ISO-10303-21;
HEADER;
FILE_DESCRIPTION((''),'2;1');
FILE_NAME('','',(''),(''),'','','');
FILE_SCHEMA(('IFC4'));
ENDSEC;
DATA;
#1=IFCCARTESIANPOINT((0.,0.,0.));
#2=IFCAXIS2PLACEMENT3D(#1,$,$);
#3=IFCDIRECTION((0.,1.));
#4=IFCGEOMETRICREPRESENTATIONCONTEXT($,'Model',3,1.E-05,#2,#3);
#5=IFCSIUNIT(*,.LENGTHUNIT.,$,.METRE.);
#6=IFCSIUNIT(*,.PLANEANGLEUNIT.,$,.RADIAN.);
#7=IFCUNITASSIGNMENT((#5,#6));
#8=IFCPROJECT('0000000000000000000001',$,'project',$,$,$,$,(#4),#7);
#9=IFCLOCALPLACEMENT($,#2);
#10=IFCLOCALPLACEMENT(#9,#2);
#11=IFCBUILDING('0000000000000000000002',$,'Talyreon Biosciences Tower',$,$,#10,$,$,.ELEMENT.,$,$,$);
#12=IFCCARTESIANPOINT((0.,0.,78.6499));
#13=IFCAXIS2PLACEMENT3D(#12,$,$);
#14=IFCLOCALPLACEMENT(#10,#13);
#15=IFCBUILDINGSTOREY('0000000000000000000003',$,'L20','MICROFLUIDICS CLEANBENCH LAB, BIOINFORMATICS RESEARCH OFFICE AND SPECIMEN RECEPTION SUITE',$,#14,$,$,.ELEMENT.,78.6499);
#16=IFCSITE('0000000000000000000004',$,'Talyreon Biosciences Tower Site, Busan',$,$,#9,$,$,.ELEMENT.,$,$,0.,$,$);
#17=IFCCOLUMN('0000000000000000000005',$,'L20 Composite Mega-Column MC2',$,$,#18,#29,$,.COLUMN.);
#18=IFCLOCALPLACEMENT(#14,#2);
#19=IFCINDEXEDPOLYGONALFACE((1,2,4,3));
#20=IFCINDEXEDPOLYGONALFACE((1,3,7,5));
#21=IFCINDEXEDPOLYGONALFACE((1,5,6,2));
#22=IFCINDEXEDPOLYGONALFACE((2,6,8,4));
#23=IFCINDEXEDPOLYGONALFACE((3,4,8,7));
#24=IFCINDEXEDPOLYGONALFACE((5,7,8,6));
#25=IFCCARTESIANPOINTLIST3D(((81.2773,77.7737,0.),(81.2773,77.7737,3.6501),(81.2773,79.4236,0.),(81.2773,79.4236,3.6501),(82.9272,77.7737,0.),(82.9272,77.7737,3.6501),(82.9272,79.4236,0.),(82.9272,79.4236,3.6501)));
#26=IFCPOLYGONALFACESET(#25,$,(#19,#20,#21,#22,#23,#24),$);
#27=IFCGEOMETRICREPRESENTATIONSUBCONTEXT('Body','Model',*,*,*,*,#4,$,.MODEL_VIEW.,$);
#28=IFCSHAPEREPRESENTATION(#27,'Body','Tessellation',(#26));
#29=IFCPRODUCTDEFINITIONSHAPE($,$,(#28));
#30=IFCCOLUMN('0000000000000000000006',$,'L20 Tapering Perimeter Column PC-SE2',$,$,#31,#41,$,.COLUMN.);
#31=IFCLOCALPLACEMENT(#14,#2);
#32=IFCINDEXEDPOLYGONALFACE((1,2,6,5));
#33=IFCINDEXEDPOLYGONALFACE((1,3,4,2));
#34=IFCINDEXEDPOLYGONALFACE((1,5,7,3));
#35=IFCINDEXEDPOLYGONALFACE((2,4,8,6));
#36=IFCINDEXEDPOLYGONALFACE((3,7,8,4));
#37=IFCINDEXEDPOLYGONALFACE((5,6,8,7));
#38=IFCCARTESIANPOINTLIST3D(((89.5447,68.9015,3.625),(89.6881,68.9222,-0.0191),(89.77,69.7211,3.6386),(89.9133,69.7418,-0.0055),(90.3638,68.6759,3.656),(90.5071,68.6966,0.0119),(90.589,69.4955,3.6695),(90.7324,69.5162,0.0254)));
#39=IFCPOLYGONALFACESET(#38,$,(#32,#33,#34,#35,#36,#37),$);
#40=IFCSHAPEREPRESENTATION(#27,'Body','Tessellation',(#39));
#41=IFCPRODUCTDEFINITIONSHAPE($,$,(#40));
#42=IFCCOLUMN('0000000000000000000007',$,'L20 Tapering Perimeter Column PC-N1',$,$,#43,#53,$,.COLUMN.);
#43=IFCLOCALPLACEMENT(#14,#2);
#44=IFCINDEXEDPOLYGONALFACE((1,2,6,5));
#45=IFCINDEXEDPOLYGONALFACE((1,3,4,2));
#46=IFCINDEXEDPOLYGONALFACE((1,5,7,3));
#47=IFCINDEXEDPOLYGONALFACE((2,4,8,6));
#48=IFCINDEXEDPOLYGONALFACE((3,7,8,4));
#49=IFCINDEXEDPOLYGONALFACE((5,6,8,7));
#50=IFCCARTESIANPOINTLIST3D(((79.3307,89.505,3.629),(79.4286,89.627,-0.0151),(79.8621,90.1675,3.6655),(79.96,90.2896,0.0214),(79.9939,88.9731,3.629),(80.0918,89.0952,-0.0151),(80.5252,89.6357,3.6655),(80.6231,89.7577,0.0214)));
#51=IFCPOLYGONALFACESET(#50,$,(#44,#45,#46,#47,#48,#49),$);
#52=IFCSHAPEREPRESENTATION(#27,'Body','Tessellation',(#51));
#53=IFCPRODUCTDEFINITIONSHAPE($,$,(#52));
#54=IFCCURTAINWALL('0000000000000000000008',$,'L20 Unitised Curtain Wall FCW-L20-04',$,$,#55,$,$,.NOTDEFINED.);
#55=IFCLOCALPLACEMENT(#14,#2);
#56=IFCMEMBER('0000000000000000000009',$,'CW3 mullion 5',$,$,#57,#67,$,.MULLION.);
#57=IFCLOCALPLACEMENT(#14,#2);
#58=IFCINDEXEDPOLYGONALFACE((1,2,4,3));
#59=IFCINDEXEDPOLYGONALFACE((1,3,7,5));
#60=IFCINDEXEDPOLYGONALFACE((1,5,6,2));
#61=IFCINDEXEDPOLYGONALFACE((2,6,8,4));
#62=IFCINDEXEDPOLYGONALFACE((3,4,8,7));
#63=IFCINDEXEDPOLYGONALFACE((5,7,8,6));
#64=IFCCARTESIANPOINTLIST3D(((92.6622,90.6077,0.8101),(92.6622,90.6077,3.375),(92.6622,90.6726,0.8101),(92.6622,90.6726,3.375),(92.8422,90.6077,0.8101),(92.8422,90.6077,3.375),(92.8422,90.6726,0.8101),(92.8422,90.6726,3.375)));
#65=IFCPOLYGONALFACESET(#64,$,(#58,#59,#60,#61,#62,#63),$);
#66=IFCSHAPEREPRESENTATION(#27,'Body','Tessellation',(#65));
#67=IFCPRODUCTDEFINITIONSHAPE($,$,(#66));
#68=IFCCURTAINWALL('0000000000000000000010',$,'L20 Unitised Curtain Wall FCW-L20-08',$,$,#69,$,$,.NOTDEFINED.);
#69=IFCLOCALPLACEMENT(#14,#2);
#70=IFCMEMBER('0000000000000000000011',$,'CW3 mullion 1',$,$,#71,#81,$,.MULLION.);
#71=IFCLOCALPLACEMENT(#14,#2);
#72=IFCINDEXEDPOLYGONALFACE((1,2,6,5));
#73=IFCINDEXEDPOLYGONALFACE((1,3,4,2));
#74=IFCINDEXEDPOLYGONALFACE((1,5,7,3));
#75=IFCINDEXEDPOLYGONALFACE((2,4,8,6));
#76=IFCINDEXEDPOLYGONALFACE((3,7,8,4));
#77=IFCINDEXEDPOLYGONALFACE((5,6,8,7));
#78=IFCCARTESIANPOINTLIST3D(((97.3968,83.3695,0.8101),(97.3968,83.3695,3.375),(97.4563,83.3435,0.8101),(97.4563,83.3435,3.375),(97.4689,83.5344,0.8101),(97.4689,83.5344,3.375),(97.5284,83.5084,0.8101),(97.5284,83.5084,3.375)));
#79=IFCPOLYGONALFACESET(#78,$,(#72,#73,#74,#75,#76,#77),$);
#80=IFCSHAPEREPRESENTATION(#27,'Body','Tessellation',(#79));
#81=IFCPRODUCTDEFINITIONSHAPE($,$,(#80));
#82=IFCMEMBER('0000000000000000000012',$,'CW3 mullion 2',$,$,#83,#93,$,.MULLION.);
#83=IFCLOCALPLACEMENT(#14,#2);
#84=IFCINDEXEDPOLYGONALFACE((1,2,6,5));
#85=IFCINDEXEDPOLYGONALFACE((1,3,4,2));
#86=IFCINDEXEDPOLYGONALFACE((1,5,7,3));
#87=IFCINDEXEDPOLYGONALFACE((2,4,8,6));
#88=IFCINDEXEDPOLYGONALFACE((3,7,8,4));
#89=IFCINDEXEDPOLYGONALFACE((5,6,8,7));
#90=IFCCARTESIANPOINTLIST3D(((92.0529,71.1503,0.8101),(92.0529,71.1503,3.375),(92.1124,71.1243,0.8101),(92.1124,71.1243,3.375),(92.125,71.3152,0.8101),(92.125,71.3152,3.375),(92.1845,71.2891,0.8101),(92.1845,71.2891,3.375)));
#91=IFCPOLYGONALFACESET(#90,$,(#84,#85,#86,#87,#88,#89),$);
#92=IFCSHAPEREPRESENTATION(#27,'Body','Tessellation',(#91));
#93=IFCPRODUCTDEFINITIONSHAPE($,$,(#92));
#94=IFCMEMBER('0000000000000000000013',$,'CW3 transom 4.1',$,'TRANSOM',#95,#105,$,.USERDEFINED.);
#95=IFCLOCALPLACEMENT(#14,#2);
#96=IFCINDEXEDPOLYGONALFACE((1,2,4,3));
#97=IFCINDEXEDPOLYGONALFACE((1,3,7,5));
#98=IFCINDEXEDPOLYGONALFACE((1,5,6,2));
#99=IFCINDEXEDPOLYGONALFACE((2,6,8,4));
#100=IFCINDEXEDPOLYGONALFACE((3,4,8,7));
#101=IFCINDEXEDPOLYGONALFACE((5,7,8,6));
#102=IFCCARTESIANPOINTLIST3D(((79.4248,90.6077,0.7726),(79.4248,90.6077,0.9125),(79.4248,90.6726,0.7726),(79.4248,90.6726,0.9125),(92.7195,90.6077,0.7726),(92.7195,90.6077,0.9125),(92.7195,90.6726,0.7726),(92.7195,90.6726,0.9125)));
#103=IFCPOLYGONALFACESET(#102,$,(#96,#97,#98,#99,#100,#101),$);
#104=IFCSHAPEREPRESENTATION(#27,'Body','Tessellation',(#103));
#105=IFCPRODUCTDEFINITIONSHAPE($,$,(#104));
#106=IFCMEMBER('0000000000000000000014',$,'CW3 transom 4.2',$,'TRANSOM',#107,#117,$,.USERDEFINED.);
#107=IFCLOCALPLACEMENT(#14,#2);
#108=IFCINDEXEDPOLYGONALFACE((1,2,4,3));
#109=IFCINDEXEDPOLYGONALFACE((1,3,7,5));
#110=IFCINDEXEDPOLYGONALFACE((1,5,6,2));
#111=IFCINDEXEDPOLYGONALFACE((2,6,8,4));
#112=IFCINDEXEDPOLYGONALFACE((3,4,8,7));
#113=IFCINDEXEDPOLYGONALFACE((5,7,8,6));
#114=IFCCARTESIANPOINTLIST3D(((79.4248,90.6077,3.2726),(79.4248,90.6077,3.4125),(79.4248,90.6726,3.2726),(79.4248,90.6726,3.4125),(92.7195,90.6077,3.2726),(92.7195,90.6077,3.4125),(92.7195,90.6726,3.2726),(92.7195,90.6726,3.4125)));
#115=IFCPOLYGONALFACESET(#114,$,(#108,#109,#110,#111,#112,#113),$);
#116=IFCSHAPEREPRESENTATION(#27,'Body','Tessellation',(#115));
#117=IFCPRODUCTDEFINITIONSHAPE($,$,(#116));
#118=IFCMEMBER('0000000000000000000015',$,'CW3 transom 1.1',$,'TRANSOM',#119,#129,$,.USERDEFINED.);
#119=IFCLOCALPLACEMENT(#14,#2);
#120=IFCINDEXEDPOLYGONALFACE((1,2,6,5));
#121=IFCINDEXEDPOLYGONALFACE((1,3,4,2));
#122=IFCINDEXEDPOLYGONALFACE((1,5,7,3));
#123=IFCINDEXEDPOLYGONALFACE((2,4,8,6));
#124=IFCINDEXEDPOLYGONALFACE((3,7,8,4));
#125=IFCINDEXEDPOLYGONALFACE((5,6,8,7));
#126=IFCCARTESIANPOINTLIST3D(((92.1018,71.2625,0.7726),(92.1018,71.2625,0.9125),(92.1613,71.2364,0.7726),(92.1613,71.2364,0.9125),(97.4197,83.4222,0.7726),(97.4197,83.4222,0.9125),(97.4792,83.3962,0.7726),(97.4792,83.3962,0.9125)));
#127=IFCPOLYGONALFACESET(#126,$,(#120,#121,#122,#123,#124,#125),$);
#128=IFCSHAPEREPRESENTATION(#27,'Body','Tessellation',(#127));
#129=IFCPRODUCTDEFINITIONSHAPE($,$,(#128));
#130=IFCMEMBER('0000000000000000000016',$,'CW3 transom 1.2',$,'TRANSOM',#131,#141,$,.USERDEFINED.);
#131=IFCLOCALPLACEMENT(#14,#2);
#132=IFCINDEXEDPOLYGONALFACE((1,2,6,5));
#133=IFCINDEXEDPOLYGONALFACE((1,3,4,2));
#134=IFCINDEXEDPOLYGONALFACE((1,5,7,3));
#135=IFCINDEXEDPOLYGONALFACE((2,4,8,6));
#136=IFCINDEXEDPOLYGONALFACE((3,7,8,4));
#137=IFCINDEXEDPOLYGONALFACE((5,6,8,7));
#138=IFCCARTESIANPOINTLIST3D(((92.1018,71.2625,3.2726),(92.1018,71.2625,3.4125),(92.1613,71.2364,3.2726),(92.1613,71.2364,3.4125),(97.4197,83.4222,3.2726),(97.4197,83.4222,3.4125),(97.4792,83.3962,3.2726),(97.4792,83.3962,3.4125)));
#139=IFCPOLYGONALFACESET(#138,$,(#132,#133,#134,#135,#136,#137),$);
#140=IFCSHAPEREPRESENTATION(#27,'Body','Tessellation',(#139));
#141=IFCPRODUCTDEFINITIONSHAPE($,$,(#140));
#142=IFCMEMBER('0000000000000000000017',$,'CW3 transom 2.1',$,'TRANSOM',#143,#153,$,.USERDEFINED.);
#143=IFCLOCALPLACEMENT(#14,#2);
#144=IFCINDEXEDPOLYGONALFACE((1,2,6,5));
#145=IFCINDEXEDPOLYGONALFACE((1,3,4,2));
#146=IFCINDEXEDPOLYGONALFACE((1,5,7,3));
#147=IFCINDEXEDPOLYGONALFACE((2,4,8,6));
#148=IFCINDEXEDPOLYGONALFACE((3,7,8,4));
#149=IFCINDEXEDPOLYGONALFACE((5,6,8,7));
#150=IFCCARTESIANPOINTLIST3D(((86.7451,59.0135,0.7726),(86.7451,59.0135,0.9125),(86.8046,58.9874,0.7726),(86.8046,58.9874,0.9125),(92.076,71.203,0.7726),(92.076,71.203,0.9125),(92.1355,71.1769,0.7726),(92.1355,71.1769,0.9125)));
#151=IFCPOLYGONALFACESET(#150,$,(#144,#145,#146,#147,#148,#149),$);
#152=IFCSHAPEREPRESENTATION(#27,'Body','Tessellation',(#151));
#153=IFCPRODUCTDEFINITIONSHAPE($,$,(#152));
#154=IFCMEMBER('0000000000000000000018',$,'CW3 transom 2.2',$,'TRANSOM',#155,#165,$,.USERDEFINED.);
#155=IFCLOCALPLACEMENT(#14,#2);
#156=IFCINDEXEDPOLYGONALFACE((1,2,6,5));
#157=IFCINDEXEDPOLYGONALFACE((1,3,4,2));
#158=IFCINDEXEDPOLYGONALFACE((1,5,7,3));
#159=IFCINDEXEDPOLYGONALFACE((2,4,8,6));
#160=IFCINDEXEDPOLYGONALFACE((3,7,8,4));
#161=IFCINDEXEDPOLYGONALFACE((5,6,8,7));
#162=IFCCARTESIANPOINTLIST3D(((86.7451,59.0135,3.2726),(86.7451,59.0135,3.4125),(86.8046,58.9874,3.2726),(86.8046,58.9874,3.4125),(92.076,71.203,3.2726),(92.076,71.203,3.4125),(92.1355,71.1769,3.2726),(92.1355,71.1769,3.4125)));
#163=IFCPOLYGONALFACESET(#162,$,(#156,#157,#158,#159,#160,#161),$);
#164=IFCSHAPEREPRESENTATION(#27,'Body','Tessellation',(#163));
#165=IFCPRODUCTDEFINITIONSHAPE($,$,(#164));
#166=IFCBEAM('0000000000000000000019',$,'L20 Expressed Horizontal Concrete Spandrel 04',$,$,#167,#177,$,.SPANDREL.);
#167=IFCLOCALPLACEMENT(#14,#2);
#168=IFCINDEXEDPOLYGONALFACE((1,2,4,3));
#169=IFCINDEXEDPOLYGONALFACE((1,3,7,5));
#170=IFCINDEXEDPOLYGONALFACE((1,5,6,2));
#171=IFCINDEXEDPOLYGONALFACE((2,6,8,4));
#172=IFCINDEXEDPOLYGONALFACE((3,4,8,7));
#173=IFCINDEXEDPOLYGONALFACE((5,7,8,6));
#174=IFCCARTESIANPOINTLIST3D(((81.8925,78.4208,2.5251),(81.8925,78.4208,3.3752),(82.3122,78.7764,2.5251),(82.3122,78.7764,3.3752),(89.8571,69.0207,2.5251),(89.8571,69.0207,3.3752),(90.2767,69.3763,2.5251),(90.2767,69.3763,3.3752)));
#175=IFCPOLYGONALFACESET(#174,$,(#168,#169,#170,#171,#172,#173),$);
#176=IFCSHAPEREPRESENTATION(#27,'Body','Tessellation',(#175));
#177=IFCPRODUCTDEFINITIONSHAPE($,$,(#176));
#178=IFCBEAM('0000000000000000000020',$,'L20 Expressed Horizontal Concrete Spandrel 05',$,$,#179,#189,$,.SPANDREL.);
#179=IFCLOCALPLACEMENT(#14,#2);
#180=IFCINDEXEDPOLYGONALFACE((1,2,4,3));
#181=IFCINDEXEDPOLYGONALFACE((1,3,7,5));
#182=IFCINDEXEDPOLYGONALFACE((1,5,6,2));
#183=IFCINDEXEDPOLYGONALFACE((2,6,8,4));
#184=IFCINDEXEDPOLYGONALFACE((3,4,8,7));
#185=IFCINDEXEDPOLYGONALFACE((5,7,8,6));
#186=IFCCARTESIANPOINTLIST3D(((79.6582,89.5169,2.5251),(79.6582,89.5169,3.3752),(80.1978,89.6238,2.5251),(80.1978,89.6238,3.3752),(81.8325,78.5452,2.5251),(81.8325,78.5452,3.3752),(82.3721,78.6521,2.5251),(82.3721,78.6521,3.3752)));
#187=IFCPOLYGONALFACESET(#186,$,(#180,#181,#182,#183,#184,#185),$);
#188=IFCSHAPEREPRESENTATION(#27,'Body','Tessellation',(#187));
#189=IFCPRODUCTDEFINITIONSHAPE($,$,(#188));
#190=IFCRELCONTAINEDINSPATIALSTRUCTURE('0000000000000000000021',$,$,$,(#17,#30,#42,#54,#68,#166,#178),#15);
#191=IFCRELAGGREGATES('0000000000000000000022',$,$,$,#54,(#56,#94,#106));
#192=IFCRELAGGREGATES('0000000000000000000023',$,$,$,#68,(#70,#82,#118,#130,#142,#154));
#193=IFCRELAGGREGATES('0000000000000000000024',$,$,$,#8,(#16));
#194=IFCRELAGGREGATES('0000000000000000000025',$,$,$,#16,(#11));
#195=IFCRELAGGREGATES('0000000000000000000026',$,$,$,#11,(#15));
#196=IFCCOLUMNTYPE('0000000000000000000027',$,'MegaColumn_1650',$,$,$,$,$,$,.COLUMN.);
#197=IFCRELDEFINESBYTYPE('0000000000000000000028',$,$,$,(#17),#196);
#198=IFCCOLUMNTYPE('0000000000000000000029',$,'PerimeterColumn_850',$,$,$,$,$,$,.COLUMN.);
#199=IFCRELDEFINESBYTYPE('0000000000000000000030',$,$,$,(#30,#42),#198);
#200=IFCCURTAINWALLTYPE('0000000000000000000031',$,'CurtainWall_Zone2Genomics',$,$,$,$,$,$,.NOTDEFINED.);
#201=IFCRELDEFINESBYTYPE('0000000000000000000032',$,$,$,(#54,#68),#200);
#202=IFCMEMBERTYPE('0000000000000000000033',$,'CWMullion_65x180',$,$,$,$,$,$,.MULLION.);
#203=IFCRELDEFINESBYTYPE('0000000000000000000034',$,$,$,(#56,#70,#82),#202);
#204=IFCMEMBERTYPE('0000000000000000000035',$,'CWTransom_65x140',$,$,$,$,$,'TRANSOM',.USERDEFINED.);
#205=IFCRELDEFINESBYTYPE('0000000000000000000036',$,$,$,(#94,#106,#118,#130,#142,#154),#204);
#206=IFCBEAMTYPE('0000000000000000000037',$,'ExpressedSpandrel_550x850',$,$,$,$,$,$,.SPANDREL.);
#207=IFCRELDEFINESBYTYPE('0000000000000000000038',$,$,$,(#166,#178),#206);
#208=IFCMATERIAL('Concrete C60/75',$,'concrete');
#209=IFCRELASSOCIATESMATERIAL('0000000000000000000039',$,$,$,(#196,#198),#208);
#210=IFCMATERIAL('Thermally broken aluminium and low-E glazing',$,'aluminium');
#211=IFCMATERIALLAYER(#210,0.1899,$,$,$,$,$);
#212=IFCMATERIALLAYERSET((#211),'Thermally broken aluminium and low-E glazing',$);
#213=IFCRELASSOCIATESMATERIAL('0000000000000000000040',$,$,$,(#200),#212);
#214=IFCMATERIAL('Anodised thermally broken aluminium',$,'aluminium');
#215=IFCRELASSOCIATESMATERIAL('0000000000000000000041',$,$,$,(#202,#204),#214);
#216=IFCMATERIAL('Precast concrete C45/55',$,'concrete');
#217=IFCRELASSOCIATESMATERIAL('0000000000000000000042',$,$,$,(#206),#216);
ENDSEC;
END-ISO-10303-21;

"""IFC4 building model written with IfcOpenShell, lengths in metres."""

from ifc_helpers import new_model, si_unit, direction, frame, origin, origin_2d, place, context, subcontext, project, spatial, rectangle, extrude, material, layer, layer_set, material_profile, profile_set, type_object, element, aggregate, save


model = new_model("IFC4")

# Units and contexts
model_context = context("Model", 3, precision=1e-05, world=origin(), true_north=direction((0.0, 1.0)))
body_context = subcontext(model_context, "Body", "Model", "MODEL_VIEW")
ifc_project = project(units=[si_unit("LENGTHUNIT", "METRE"), si_unit("PLANEANGLEUNIT", "RADIAN")], contexts=[model_context])

# Site, building, storey
site_placement = place(None, origin())
site = spatial("IfcSite", under=ifc_project, at=site_placement, Name="Talyreon Biosciences Tower Site, Busan", CompositionType="ELEMENT", RefElevation=0.0)
building_placement = place(site_placement, origin())
building = spatial("IfcBuilding", under=site, at=building_placement, Name="Talyreon Biosciences Tower", CompositionType="ELEMENT")
storey_placement = place(building_placement, frame((0.0, 0.0, 78.6499)))
storey = spatial("IfcBuildingStorey", under=building, at=storey_placement, Name="L20", Description="MICROFLUIDICS CLEANBENCH LAB, BIOINFORMATICS RESEARCH OFFICE AND SPECIMEN RECEPTION SUITE", CompositionType="ELEMENT", Elevation=78.6499)

# Columns
ifc_material_1 = material(Name="Concrete C60/75", Category="concrete")
ifc_material_profile_1 = material_profile(ifc_material_1, rectangle(XDim=1.6499, YDim=1.6499, at=origin_2d()), Name="RC 1650x1650")
ifc_profile_set_1 = profile_set([ifc_material_profile_1], Name="Concrete C60/75")
column_type_1 = type_object("IfcColumnType", Name="MegaColumn_1650", PredefinedType="COLUMN", material=ifc_profile_set_1)
column_1_placement = place(storey_placement, frame((82.1023, 78.5986, 0.0), z_axis=(0.0, 0.0, 1.0), x_axis=(1.0, 0.0, 0.0)))
element("IfcColumn", 1, at=column_1_placement, inside=storey, type_object=column_type_1, Name="L20 Composite Mega-Column MC2", PredefinedType="COLUMN", context=body_context, shape_type="SweptSolid", body=[
    extrude(rectangle(XDim=1.6499, YDim=1.6499, at=origin_2d()), origin(), (0.0, 0.0, 1.0), 3.6501),
])
ifc_material_profile_2 = material_profile(ifc_material_1, rectangle(XDim=0.8501, YDim=0.8501, at=origin_2d()), Name="RC 850x850")
ifc_profile_set_2 = profile_set([ifc_material_profile_2], Name="Concrete C60/75")
column_type_2 = type_object("IfcColumnType", Name="PerimeterColumn_850", PredefinedType="COLUMN", material=ifc_profile_set_2)
column_2_placement = place(storey_placement, frame((90.2102, 69.2192, 0.0032), z_axis=(-0.039296, -0.00569, 0.999211), x_axis=(0.963452, -0.265401, 0.036379)))
element("IfcColumn", 2, at=column_2_placement, inside=storey, type_object=column_type_2, Name="L20 Tapering Perimeter Column PC-SE2", PredefinedType="COLUMN", context=body_context, shape_type="SweptSolid", body=[
    extrude(rectangle(XDim=0.8501, YDim=0.8501, at=origin_2d()), origin(), (0.0, 0.0, 1.0), 3.647),
])
column_3_placement = place(storey_placement, frame((80.0259, 89.6924, 0.0032), z_axis=(-0.026841, -0.033468, 0.999079), x_axis=(-0.780107, 0.625646, 0.0)))
element("IfcColumn", 3, at=column_3_placement, inside=storey, type_object=column_type_2, Name="L20 Tapering Perimeter Column PC-N1", PredefinedType="COLUMN", context=body_context, shape_type="SweptSolid", body=[
    extrude(rectangle(XDim=0.8501, YDim=0.8501, at=origin_2d()), origin(), (0.0, 0.0, 1.0), 3.6475),
])

# Curtain wall, member
ifc_material_2 = material(Name="Thermally broken aluminium and low-E glazing", Category="aluminium")
ifc_layer_1 = layer(ifc_material_2, 0.1899)
ifc_layer_set_1 = layer_set([ifc_layer_1], Name="Thermally broken aluminium and low-E glazing")
curtain_wall_type = type_object("IfcCurtainWallType", Name="CurtainWall_Zone2Genomics", PredefinedType="NOTDEFINED", material=ifc_layer_set_1)
curtain_wall_1_placement = place(storey_placement, origin())
curtain_wall_1 = element("IfcCurtainWall", 4, at=curtain_wall_1_placement, inside=storey, type_object=curtain_wall_type, Name="L20 Unitised Curtain Wall FCW-L20-04", PredefinedType="NOTDEFINED")
ifc_material_3 = material(Name="Anodised thermally broken aluminium", Category="aluminium")
ifc_material_profile_3 = material_profile(ifc_material_3, rectangle(XDim=0.0649, YDim=0.1799, at=origin_2d()), Name="ALUM MULLION 65x180")
ifc_profile_set_3 = profile_set([ifc_material_profile_3], Name="Anodised thermally broken aluminium")
member_type_1 = type_object("IfcMemberType", Name="CWMullion_65x180", PredefinedType="MULLION", material=ifc_profile_set_3)
member_1_placement = place(storey_placement, frame((92.7522, 90.6401, 0.8101), z_axis=(0.0, 0.0, 1.0), x_axis=(0.0, 1.0, 0.0)))
member_1 = element("IfcMember", 5, at=member_1_placement, type_object=member_type_1, Name="CW3 mullion 5", PredefinedType="MULLION", context=body_context, shape_type="SweptSolid", body=[
    extrude(rectangle(XDim=0.0649, YDim=0.1799, at=origin_2d()), origin(), (0.0, 0.0, 1.0), 2.5649),
])

# Curtain wall, members
curtain_wall_2_placement = place(storey_placement, origin())
curtain_wall_2 = element("IfcCurtainWall", 6, at=curtain_wall_2_placement, inside=storey, type_object=curtain_wall_type, Name="L20 Unitised Curtain Wall FCW-L20-08", PredefinedType="NOTDEFINED")
member_2_placement = place(storey_placement, frame((97.4626, 83.439, 0.8101), z_axis=(0.0, 0.0, 1.0), x_axis=(0.916214, -0.400689, 0.0)))
member_2 = element("IfcMember", 7, at=member_2_placement, type_object=member_type_1, Name="CW3 mullion 1", PredefinedType="MULLION", context=body_context, shape_type="SweptSolid", body=[
    extrude(rectangle(XDim=0.0649, YDim=0.1799, at=origin_2d()), origin(), (0.0, 0.0, 1.0), 2.5649),
])
member_3_placement = place(storey_placement, frame((92.1187, 71.2197, 0.8101), z_axis=(0.0, 0.0, 1.0), x_axis=(0.916214, -0.400689, 0.0)))
member_3 = element("IfcMember", 8, at=member_3_placement, type_object=member_type_1, Name="CW3 mullion 2", PredefinedType="MULLION", context=body_context, shape_type="SweptSolid", body=[
    extrude(rectangle(XDim=0.0649, YDim=0.1799, at=origin_2d()), origin(), (0.0, 0.0, 1.0), 2.5649),
])

# Members
ifc_material_profile_4 = material_profile(ifc_material_3, rectangle(XDim=0.0649, YDim=0.1399, at=origin_2d()), Name="ALUM TRANSOM 65x140")
ifc_profile_set_4 = profile_set([ifc_material_profile_4], Name="Anodised thermally broken aluminium")
member_type_2 = type_object("IfcMemberType", Name="CWTransom_65x140", ElementType="TRANSOM", PredefinedType="USERDEFINED", material=ifc_profile_set_4)
member_4_placement = place(storey_placement, frame((79.4248, 90.6401, 0.8425), z_axis=(1.0, 0.0, 0.0), x_axis=(0.0, 1.0, 0.0)))
member_4 = element("IfcMember", 9, at=member_4_placement, type_object=member_type_2, Name="CW3 transom 4.1", ObjectType="TRANSOM", PredefinedType="USERDEFINED", context=body_context, shape_type="SweptSolid", body=[
    extrude(rectangle(XDim=0.0649, YDim=0.1399, at=origin_2d()), origin(), (0.0, 0.0, 1.0), 13.2947),
])
member_5_placement = place(storey_placement, frame((79.4248, 90.6401, 3.3425), z_axis=(1.0, 0.0, 0.0), x_axis=(0.0, 1.0, 0.0)))
member_5 = element("IfcMember", 10, at=member_5_placement, type_object=member_type_2, Name="CW3 transom 4.2", ObjectType="TRANSOM", PredefinedType="USERDEFINED", context=body_context, shape_type="SweptSolid", body=[
    extrude(rectangle(XDim=0.0649, YDim=0.1399, at=origin_2d()), origin(), (0.0, 0.0, 1.0), 13.2947),
])
member_6_placement = place(storey_placement, frame((97.4495, 83.4092, 0.8425), z_axis=(-0.400693, -0.916212, 0.0), x_axis=(0.916212, -0.400693, 0.0)))
member_6 = element("IfcMember", 11, at=member_6_placement, type_object=member_type_2, Name="CW3 transom 1.1", ObjectType="TRANSOM", PredefinedType="USERDEFINED", context=body_context, shape_type="SweptSolid", body=[
    extrude(rectangle(XDim=0.0649, YDim=0.1399, at=origin_2d()), origin(), (0.0, 0.0, 1.0), 13.2717),
])
member_7_placement = place(storey_placement, frame((97.4495, 83.4092, 3.3425), z_axis=(-0.400693, -0.916212, 0.0), x_axis=(0.916212, -0.400693, 0.0)))
member_7 = element("IfcMember", 12, at=member_7_placement, type_object=member_type_2, Name="CW3 transom 1.2", ObjectType="TRANSOM", PredefinedType="USERDEFINED", context=body_context, shape_type="SweptSolid", body=[
    extrude(rectangle(XDim=0.0649, YDim=0.1399, at=origin_2d()), origin(), (0.0, 0.0, 1.0), 13.2717),
])
member_8_placement = place(storey_placement, frame((92.1057, 71.1899, 0.8425), z_axis=(-0.400688, -0.916215, 0.0), x_axis=(0.916215, -0.400688, 0.0)))
member_8 = element("IfcMember", 13, at=member_8_placement, type_object=member_type_2, Name="CW3 transom 2.1", ObjectType="TRANSOM", PredefinedType="USERDEFINED", context=body_context, shape_type="SweptSolid", body=[
    extrude(rectangle(XDim=0.0649, YDim=0.1399, at=origin_2d()), origin(), (0.0, 0.0, 1.0), 13.3042),
])
member_9_placement = place(storey_placement, frame((92.1057, 71.1899, 3.3425), z_axis=(-0.400688, -0.916215, 0.0), x_axis=(0.916215, -0.400688, 0.0)))
member_9 = element("IfcMember", 14, at=member_9_placement, type_object=member_type_2, Name="CW3 transom 2.2", ObjectType="TRANSOM", PredefinedType="USERDEFINED", context=body_context, shape_type="SweptSolid", body=[
    extrude(rectangle(XDim=0.0649, YDim=0.1399, at=origin_2d()), origin(), (0.0, 0.0, 1.0), 13.3042),
])

# Beams
ifc_material_4 = material(Name="Precast concrete C45/55", Category="concrete")
ifc_material_profile_5 = material_profile(ifc_material_4, rectangle(XDim=0.55, YDim=0.8501, at=origin_2d()), Name="RCB 550x850")
ifc_profile_set_5 = profile_set([ifc_material_profile_5], Name="Precast concrete C45/55")
beam_type_1 = type_object("IfcBeamType", Name="ExpressedSpandrel_550x850", PredefinedType="SPANDREL", material=ifc_profile_set_5)
beam_1_placement = place(storey_placement, frame((90.0669, 69.1985, 2.9502), z_axis=(-0.646445, 0.762961, 0.0), x_axis=(-0.762961, -0.646445, 0.0)))
element("IfcBeam", 15, at=beam_1_placement, inside=storey, type_object=beam_type_1, Name="L20 Expressed Horizontal Concrete Spandrel 04", PredefinedType="SPANDREL", context=body_context, shape_type="SweptSolid", body=[
    extrude(rectangle(XDim=0.55, YDim=0.8501, at=origin_2d()), origin(), (0.0, 0.0, 1.0), 12.3206),
])
beam_2_placement = place(storey_placement, frame((82.1023, 78.5986, 2.9502), z_axis=(-0.194395, 0.980923, 0.0), x_axis=(-0.980923, -0.194395, 0.0)))
element("IfcBeam", 16, at=beam_2_placement, inside=storey, type_object=beam_type_1, Name="L20 Expressed Horizontal Concrete Spandrel 05", PredefinedType="SPANDREL", context=body_context, shape_type="SweptSolid", body=[
    extrude(rectangle(XDim=0.55, YDim=0.8501, at=origin_2d()), origin(), (0.0, 0.0, 1.0), 11.1851),
])

aggregate(curtain_wall_1, [member_1, member_4, member_5])
aggregate(curtain_wall_2, [member_2, member_3, member_6, member_7, member_8, member_9])

save(model, "model.ifc")
